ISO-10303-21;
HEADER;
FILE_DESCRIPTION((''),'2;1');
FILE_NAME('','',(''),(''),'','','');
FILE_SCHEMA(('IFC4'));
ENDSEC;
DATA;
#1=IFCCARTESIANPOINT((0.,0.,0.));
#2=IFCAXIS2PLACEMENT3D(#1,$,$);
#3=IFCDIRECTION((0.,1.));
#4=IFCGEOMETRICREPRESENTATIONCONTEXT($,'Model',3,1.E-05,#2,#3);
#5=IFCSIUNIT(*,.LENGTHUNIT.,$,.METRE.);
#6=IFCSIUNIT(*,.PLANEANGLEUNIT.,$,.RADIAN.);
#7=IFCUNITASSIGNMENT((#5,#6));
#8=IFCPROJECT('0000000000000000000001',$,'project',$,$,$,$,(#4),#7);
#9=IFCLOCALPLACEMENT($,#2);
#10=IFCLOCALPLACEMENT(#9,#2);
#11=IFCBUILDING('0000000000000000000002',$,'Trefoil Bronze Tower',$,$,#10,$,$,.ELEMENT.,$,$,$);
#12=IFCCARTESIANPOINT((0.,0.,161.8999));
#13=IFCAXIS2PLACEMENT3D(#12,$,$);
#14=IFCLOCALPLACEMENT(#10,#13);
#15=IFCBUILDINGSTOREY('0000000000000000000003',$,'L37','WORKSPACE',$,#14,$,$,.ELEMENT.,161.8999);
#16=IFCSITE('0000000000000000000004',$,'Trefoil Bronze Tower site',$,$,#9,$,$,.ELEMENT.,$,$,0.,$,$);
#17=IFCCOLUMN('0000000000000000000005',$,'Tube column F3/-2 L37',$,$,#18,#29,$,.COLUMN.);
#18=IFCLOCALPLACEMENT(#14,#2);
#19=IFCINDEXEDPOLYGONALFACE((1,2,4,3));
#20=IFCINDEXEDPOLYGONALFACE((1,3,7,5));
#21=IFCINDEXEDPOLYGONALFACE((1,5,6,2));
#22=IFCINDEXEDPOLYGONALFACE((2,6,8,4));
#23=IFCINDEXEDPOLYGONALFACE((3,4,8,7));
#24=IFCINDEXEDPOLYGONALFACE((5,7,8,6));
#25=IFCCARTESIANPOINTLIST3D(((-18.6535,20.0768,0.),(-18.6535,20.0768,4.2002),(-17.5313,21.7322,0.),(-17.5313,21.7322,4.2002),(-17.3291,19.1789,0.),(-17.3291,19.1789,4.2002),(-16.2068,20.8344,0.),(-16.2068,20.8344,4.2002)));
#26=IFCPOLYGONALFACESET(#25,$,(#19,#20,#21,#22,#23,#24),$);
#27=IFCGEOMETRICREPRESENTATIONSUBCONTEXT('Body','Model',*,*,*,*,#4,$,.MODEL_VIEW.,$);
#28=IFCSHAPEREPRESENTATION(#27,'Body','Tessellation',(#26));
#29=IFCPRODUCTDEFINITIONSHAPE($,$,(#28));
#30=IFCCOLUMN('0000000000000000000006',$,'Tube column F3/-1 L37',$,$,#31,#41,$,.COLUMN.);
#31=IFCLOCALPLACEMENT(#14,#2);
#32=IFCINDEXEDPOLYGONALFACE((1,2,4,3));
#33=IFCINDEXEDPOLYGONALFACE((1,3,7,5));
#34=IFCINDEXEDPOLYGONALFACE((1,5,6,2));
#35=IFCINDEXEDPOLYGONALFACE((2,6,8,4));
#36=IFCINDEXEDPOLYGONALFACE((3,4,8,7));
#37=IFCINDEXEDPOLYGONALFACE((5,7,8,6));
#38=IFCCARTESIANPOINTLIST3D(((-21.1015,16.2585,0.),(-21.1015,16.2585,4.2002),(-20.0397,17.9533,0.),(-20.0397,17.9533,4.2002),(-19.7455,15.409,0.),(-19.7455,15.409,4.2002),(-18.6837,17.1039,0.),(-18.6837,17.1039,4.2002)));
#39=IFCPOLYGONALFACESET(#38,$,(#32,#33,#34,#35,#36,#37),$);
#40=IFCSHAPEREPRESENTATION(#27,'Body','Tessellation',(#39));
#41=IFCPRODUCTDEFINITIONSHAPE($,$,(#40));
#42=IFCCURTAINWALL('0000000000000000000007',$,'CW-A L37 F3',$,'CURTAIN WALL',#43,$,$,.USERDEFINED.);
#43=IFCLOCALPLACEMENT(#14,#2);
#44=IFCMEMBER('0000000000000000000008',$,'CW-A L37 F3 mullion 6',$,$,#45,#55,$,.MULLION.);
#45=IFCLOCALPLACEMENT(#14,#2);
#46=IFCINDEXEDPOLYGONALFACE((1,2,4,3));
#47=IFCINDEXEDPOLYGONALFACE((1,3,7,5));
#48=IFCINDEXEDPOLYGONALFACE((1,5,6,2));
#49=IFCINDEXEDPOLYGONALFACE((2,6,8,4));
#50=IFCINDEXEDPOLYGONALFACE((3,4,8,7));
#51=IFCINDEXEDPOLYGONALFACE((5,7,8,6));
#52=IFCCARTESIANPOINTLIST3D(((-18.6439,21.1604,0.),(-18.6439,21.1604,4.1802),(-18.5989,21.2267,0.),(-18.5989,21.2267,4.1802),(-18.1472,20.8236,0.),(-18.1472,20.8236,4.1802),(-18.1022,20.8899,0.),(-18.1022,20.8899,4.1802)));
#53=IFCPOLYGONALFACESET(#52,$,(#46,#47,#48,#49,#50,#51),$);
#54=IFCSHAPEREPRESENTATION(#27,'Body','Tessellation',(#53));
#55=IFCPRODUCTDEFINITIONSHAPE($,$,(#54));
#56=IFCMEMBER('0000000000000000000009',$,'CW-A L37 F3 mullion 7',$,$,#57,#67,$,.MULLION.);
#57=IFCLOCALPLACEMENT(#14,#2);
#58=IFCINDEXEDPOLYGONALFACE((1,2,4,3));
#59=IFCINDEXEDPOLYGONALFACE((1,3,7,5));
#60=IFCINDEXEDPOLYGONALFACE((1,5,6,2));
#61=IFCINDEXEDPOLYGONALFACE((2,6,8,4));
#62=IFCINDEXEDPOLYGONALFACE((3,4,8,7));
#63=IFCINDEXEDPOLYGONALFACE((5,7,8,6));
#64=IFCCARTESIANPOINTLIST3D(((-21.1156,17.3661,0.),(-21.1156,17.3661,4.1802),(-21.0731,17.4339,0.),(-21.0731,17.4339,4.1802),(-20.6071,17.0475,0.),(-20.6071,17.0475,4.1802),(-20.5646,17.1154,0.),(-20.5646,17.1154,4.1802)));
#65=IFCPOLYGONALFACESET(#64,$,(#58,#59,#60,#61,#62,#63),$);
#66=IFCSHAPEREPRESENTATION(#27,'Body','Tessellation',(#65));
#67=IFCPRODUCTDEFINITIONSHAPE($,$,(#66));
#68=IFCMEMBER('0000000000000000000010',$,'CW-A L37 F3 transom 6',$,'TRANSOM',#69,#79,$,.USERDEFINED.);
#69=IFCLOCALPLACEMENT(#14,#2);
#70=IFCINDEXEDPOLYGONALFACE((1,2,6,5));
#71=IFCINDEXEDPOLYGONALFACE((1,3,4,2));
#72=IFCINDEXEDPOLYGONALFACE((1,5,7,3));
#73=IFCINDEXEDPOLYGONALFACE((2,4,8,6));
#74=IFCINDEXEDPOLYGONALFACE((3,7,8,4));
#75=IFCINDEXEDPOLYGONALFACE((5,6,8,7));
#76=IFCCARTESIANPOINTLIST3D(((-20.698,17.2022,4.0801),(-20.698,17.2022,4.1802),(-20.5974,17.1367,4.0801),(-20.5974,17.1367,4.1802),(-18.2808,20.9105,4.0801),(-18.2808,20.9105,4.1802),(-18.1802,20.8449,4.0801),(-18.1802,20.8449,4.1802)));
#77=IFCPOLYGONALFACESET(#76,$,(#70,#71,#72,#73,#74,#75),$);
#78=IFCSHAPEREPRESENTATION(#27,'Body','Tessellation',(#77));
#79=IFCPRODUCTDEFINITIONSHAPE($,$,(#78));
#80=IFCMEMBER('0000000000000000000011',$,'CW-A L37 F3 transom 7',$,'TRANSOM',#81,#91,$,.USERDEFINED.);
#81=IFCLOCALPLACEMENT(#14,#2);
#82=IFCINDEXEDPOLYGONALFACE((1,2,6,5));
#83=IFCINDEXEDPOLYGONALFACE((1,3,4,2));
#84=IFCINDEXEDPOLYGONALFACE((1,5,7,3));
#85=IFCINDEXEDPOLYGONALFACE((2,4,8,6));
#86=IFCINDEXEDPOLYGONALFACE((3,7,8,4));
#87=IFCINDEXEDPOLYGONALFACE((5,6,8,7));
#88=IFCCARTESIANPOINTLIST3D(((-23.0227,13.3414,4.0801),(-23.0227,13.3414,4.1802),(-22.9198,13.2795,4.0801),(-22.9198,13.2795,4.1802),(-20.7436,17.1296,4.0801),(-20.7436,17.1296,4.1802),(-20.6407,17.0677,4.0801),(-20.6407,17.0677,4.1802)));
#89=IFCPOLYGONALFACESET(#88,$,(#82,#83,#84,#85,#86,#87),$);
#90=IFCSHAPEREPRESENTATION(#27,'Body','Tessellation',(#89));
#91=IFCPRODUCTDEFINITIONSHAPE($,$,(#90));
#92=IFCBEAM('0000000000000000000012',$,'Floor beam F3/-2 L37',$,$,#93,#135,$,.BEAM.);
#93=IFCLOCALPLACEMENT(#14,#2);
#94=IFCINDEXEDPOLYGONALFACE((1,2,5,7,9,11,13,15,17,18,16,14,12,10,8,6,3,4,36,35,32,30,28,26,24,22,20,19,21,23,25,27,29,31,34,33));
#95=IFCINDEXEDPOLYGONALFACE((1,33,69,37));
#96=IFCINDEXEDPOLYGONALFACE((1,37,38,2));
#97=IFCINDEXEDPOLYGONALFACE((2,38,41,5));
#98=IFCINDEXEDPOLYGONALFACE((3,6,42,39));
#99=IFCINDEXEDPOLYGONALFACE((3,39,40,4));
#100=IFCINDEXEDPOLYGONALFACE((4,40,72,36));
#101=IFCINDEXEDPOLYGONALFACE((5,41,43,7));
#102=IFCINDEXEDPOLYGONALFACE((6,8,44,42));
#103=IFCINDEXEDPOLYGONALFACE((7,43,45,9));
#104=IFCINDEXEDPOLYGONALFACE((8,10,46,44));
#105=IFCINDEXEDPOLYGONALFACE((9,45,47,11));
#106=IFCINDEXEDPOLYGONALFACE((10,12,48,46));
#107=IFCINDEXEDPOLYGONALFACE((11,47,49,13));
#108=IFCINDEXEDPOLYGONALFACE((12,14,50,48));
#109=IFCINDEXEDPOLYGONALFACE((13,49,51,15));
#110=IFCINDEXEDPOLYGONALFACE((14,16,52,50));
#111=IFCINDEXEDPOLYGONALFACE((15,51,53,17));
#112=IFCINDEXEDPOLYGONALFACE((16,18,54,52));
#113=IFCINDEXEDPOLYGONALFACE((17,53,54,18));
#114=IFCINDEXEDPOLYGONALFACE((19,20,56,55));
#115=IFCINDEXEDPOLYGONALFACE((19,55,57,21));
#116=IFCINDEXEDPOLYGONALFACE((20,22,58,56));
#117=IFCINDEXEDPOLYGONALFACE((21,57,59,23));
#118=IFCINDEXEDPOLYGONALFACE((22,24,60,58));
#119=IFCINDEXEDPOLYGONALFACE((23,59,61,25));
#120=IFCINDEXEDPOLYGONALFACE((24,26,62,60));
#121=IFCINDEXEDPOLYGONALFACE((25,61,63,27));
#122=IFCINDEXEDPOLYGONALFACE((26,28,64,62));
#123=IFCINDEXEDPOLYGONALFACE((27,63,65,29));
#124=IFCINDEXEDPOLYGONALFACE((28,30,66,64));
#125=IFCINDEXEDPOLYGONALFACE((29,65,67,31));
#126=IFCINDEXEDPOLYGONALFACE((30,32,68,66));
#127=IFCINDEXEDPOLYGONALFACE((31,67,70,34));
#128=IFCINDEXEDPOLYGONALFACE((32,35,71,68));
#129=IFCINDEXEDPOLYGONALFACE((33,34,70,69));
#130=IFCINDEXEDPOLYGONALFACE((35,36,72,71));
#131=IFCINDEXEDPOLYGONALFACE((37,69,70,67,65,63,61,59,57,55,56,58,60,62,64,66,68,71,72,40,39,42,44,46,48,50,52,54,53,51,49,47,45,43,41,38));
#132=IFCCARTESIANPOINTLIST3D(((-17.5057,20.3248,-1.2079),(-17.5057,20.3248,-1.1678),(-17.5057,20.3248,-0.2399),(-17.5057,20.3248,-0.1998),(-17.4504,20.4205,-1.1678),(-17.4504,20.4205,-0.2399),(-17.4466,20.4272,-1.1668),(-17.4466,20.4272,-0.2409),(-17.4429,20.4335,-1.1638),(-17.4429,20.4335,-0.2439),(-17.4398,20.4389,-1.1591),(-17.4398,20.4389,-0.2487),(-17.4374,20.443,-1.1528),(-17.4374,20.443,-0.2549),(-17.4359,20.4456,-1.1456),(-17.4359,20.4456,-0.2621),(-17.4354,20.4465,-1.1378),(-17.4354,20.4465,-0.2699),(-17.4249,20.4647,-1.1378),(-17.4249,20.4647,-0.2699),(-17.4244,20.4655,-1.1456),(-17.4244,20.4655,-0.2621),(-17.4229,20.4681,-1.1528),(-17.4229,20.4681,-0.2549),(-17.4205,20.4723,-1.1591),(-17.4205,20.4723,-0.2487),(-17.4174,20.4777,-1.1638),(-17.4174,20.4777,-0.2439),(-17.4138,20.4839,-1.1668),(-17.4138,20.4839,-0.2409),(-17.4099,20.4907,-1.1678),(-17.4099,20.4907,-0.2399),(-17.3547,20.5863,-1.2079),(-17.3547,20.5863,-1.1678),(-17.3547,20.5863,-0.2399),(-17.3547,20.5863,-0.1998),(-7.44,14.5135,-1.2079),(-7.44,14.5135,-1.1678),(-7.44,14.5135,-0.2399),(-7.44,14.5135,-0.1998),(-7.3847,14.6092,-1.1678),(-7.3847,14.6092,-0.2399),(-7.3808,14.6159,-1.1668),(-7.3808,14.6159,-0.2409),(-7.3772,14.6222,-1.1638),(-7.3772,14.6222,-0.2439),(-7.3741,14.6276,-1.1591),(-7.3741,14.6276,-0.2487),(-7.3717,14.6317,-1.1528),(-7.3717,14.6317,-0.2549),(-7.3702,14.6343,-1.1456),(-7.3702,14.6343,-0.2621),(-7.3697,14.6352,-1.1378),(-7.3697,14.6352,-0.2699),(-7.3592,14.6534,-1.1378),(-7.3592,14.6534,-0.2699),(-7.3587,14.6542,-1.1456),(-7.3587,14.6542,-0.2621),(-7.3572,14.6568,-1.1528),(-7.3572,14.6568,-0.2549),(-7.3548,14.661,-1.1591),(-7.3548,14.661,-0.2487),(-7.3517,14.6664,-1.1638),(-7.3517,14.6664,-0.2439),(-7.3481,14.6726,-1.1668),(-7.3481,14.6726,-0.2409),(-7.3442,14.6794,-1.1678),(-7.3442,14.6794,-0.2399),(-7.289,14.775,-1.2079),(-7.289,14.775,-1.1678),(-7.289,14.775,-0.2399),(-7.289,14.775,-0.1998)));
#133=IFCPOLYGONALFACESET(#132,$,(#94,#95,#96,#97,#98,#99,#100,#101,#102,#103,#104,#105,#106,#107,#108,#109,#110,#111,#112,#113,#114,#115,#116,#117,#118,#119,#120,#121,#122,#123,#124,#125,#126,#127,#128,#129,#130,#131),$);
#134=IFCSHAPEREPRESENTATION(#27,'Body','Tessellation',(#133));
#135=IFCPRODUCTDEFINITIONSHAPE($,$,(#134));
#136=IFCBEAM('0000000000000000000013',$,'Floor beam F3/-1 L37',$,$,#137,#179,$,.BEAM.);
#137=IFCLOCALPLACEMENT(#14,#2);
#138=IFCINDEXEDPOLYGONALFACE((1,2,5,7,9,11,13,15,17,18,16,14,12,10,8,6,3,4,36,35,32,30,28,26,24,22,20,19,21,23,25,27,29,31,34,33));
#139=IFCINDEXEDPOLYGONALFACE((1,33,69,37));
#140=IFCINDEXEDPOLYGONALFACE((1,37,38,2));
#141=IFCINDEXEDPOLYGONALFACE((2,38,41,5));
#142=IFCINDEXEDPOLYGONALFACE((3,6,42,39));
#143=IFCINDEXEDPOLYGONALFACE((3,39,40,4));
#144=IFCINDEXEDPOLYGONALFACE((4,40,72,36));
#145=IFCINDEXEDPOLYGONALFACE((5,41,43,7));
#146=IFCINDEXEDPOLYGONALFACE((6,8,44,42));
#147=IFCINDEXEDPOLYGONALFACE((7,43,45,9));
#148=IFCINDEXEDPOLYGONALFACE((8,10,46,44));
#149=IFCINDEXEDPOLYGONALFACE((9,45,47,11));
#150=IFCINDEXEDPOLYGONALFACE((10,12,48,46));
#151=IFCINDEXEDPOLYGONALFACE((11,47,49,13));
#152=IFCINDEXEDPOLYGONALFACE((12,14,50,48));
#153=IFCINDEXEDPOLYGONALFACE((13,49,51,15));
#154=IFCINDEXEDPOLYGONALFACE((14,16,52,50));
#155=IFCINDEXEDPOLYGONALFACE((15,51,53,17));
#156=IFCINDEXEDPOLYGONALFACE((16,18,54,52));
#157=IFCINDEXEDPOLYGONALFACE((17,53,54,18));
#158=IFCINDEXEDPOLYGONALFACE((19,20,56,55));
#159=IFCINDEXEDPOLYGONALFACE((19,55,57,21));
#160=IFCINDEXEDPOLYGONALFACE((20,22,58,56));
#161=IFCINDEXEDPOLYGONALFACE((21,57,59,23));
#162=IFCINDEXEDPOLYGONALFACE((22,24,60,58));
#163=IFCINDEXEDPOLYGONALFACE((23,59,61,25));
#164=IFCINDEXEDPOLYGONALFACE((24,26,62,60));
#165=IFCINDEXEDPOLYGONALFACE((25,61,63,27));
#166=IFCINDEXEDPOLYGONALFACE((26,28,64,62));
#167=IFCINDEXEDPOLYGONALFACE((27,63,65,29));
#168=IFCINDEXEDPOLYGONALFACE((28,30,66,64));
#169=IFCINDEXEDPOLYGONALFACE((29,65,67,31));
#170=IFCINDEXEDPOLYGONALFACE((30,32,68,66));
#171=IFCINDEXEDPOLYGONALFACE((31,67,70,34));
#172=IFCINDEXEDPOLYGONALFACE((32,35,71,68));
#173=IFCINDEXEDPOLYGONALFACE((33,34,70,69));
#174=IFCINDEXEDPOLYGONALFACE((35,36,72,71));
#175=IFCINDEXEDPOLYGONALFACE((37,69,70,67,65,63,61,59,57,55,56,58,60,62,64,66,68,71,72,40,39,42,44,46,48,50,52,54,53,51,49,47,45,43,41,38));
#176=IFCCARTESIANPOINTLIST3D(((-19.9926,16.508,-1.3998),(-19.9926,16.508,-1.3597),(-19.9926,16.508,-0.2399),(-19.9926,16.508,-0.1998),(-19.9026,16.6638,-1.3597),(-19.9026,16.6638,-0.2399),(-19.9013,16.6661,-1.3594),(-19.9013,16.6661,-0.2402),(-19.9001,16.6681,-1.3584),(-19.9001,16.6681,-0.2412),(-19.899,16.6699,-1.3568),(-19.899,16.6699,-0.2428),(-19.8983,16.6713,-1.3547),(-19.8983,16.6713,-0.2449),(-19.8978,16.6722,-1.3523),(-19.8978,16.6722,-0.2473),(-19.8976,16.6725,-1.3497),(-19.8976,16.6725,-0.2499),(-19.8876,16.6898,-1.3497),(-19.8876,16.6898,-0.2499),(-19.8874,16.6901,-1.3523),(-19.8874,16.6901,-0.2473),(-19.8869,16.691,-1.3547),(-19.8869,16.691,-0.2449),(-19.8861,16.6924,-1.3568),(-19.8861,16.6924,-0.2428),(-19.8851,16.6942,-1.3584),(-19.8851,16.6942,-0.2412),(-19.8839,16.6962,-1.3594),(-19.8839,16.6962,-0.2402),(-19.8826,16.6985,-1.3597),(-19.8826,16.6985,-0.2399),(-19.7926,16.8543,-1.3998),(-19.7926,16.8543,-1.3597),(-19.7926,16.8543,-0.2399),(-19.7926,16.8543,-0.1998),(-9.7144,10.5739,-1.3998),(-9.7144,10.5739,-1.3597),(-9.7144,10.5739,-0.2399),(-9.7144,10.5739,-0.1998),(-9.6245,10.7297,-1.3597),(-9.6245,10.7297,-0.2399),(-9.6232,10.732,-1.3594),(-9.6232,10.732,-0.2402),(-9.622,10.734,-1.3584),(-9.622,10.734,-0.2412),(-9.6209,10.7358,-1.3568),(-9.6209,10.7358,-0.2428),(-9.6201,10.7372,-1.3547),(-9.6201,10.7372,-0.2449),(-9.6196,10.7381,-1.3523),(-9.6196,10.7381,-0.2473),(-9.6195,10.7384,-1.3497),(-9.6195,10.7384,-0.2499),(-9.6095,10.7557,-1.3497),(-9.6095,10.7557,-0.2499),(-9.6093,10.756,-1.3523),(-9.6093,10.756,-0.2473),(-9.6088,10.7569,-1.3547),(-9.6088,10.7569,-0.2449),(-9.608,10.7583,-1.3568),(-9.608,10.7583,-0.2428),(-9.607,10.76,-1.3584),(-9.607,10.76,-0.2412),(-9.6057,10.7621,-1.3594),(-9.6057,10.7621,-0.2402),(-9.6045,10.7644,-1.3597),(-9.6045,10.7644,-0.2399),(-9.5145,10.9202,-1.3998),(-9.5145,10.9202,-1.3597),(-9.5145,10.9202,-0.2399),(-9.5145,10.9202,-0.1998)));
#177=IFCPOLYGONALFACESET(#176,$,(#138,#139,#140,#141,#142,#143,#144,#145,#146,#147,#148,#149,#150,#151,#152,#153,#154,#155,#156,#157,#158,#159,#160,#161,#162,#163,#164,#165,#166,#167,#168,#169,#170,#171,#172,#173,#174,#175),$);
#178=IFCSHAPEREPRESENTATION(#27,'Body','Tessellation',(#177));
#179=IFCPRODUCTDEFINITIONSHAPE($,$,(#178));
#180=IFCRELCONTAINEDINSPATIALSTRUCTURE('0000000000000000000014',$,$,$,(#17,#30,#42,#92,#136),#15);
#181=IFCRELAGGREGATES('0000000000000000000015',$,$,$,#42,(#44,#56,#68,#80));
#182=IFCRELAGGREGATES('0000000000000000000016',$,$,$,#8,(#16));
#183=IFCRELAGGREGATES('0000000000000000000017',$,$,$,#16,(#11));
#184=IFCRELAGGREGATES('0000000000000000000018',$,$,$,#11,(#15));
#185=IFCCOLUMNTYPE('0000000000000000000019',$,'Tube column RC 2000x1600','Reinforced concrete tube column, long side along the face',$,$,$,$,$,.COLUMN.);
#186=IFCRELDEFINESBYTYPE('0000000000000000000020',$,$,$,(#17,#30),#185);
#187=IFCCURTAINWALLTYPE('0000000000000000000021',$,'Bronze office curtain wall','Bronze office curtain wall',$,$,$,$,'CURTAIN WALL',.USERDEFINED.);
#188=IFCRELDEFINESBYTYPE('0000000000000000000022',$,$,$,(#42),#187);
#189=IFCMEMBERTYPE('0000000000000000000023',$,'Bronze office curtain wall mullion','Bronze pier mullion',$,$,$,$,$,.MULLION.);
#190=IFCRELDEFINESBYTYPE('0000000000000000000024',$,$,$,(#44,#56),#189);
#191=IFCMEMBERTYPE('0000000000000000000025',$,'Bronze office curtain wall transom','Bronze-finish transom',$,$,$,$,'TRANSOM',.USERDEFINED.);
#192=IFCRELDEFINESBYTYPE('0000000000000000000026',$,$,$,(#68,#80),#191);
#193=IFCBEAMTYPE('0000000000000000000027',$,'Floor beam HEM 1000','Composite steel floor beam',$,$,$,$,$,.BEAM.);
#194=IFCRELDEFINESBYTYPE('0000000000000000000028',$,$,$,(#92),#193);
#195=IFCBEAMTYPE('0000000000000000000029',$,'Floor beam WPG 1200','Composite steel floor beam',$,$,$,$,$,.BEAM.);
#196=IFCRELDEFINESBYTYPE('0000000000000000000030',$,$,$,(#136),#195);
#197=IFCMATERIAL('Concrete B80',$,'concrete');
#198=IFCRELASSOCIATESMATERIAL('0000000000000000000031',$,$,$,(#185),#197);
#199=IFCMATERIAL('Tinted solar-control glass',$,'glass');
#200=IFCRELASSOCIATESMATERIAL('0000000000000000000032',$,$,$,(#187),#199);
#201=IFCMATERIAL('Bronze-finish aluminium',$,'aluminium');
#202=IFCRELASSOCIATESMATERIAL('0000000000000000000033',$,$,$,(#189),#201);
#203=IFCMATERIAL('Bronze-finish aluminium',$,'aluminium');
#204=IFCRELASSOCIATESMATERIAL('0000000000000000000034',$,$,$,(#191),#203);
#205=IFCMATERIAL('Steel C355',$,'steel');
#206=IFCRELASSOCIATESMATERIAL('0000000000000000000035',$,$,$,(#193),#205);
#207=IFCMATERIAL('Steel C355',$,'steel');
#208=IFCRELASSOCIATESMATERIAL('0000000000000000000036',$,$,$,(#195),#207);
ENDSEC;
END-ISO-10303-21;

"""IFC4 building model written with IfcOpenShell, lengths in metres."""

from ifc_helpers import new_model, si_unit, direction, frame, origin, origin_2d, place, context, subcontext, project, spatial, rectangle, i_section, extrude, material, material_profile, profile_set, type_object, element, aggregate, save


model = new_model("IFC4")

# Units and contexts
model_context = context("Model", 3, precision=1e-05, world=origin(), true_north=direction((0.0, 1.0)))
body_context = subcontext(model_context, "Body", "Model", "MODEL_VIEW")
ifc_project = project(units=[si_unit("LENGTHUNIT", "METRE"), si_unit("PLANEANGLEUNIT", "RADIAN")], contexts=[model_context])

# Site, building, storey
site_placement = place(None, origin())
site = spatial("IfcSite", under=ifc_project, at=site_placement, Name="Trefoil Bronze Tower site", CompositionType="ELEMENT", RefElevation=0.0)
building_placement = place(site_placement, origin())
building = spatial("IfcBuilding", under=site, at=building_placement, Name="Trefoil Bronze Tower", CompositionType="ELEMENT")
storey_placement = place(building_placement, frame((0.0, 0.0, 161.8999)))
storey = spatial("IfcBuildingStorey", under=building, at=storey_placement, Name="L37", Description="WORKSPACE", CompositionType="ELEMENT", Elevation=161.8999)

# Columns
ifc_material_1 = material(Name="Concrete B80", Category="concrete")
ifc_material_profile_1 = material_profile(ifc_material_1, rectangle(XDim=2.0, YDim=1.6001, at=origin_2d()), Name="RC 2000x1600")
ifc_profile_set_1 = profile_set([ifc_material_profile_1], Name="Concrete B80")
column_type = type_object("IfcColumnType", Name="Tube column RC 2000x1600", Description="Reinforced concrete tube column, long side along the face", PredefinedType="COLUMN", material=ifc_profile_set_1)
for number, where, z_axis, x_axis, name in (
    (1, (-17.4302, 20.4556, 0.0), (0.0, 0.0, 1.0), (-0.561136, -0.827724, 0.0), "Tube column F3/-2 L37"),
    (2, (-19.8926, 16.6812, 0.0), (0.0, 0.0, 1.0), (-0.530893, -0.847439, 0.0), "Tube column F3/-1 L37"),
):
    element("IfcColumn", number, at=place(storey_placement, frame(where, z_axis=z_axis, x_axis=x_axis)), inside=storey, type_object=column_type, Name=name, PredefinedType="COLUMN", context=body_context, shape_type="SweptSolid", body=[
        extrude(rectangle(XDim=2.0, YDim=1.6001, at=origin_2d()), origin(), (0.0, 0.0, 1.0), 4.2002),
    ])

# Curtain wall, members
ifc_material_2 = material(Name="Tinted solar-control glass", Category="glass")
curtain_wall_type = type_object("IfcCurtainWallType", Name="Bronze office curtain wall", Description="Bronze office curtain wall", ElementType="CURTAIN WALL", PredefinedType="USERDEFINED", material=ifc_material_2)
curtain_wall_placement = place(storey_placement, origin())
curtain_wall = element("IfcCurtainWall", 3, at=curtain_wall_placement, inside=storey, type_object=curtain_wall_type, Name="CW-A L37 F3", ObjectType="CURTAIN WALL", PredefinedType="USERDEFINED")
ifc_material_3 = material(Name="Bronze-finish aluminium", Category="aluminium")
ifc_material_profile_2 = material_profile(ifc_material_3, rectangle(XDim=0.6001, YDim=0.0801, at=origin_2d()), Name="CW-A mullion")
ifc_profile_set_2 = profile_set([ifc_material_profile_2], Name="Bronze-finish aluminium")
member_type_1 = type_object("IfcMemberType", Name="Bronze office curtain wall mullion", Description="Bronze pier mullion", PredefinedType="MULLION", material=ifc_profile_set_2)
member_1_placement = place(storey_placement, frame((-18.373, 21.0251, 0.0), z_axis=(0.0, 0.0, 1.0), x_axis=(0.827724, -0.561136, 0.0)))
member_1 = element("IfcMember", 4, at=member_1_placement, type_object=member_type_1, Name="CW-A L37 F3 mullion 6", PredefinedType="MULLION", context=body_context, shape_type="SweptSolid", body=[
    extrude(rectangle(XDim=0.6001, YDim=0.0801, at=origin_2d()), origin(), (0.0, 0.0, 1.0), 4.1802),
])
member_2_placement = place(storey_placement, frame((-20.8401, 17.2407, 0.0), z_axis=(0.0, 0.0, 1.0), x_axis=(0.847439, -0.530893, 0.0)))
member_2 = element("IfcMember", 5, at=member_2_placement, type_object=member_type_1, Name="CW-A L37 F3 mullion 7", PredefinedType="MULLION", context=body_context, shape_type="SweptSolid", body=[
    extrude(rectangle(XDim=0.6001, YDim=0.0801, at=origin_2d()), origin(), (0.0, 0.0, 1.0), 4.1802),
])
ifc_material_4 = material(Name="Bronze-finish aluminium", Category="aluminium")
ifc_material_profile_3 = material_profile(ifc_material_4, rectangle(XDim=0.1201, YDim=0.1001, at=origin_2d()), Name="CW-A transom")
ifc_profile_set_3 = profile_set([ifc_material_profile_3], Name="Bronze-finish aluminium")
member_type_2 = type_object("IfcMemberType", Name="Bronze office curtain wall transom", Description="Bronze-finish transom", ElementType="TRANSOM", PredefinedType="USERDEFINED", material=ifc_profile_set_3)
member_3_placement = place(storey_placement, frame((-18.2305, 20.8777, 4.1301), z_axis=(-0.546079, -0.837733, 0.0), x_axis=(0.837733, -0.546079, 0.0)))
member_3 = element("IfcMember", 6, at=member_3_placement, type_object=member_type_2, Name="CW-A L37 F3 transom 6", ObjectType="TRANSOM", PredefinedType="USERDEFINED", context=body_context, shape_type="SweptSolid", body=[
    extrude(rectangle(XDim=0.1201, YDim=0.1001, at=origin_2d()), origin(), (0.0, 0.0, 1.0), 4.4265),
])
member_4_placement = place(storey_placement, frame((-20.6921, 17.0986, 4.1301), z_axis=(-0.515527, -0.856873, 0.0), x_axis=(0.856873, -0.515527, 0.0)))
member_4 = element("IfcMember", 7, at=member_4_placement, type_object=member_type_2, Name="CW-A L37 F3 transom 7", ObjectType="TRANSOM", PredefinedType="USERDEFINED", context=body_context, shape_type="SweptSolid", body=[
    extrude(rectangle(XDim=0.1201, YDim=0.1001, at=origin_2d()), origin(), (0.0, 0.0, 1.0), 4.4209),
])

# Beams
ifc_material_5 = material(Name="Steel C355", Category="steel")
ifc_material_profile_4 = material_profile(ifc_material_5, i_section(OverallWidth=0.302, OverallDepth=1.0081, WebThickness=0.021, FlangeThickness=0.04, FilletRadius=0.03, at=origin_2d()), Name="HEM 1000")
ifc_profile_set_4 = profile_set([ifc_material_profile_4], Name="Steel C355")
beam_type_1 = type_object("IfcBeamType", Name="Floor beam HEM 1000", Description="Composite steel floor beam", PredefinedType="BEAM", material=ifc_profile_set_4)
beam_1_placement = place(storey_placement, frame((-17.4302, 20.4556, -0.7039), z_axis=(0.866031, -0.499991, 0.0), x_axis=(0.499991, 0.866031, 0.0)))
element("IfcBeam", 8, at=beam_1_placement, inside=storey, type_object=beam_type_1, Name="Floor beam F3/-2 L37", PredefinedType="BEAM", context=body_context, shape_type="SweptSolid", body=[
    extrude(i_section(OverallWidth=0.302, OverallDepth=1.0081, WebThickness=0.021, FlangeThickness=0.04, FilletRadius=0.03, at=origin_2d()), origin(), (0.0, 0.0, 1.0), 11.6228),
])
ifc_material_6 = material(Name="Steel C355", Category="steel")
ifc_material_profile_5 = material_profile(ifc_material_6, i_section(OverallWidth=0.3999, OverallDepth=1.2, WebThickness=0.02, FlangeThickness=0.04, FilletRadius=0.01, at=origin_2d()), Name="WPG 1200")
ifc_profile_set_5 = profile_set([ifc_material_profile_5], Name="Steel C355")
beam_type_2 = type_object("IfcBeamType", Name="Floor beam WPG 1200", Description="Composite steel floor beam", PredefinedType="BEAM", material=ifc_profile_set_5)
beam_2_placement = place(storey_placement, frame((-19.8926, 16.6812, -0.7998), z_axis=(0.866024, -0.500002, 0.0), x_axis=(0.500002, 0.866024, 0.0)))
element("IfcBeam", 9, at=beam_2_placement, inside=storey, type_object=beam_type_2, Name="Floor beam F3/-1 L37", PredefinedType="BEAM", context=body_context, shape_type="SweptSolid", body=[
    extrude(i_section(OverallWidth=0.3999, OverallDepth=1.2, WebThickness=0.02, FlangeThickness=0.04, FilletRadius=0.01, at=origin_2d()), origin(), (0.0, 0.0, 1.0), 11.8682),
])

aggregate(curtain_wall, [member_1, member_2, member_3, member_4])

save(model, "model.ifc")
